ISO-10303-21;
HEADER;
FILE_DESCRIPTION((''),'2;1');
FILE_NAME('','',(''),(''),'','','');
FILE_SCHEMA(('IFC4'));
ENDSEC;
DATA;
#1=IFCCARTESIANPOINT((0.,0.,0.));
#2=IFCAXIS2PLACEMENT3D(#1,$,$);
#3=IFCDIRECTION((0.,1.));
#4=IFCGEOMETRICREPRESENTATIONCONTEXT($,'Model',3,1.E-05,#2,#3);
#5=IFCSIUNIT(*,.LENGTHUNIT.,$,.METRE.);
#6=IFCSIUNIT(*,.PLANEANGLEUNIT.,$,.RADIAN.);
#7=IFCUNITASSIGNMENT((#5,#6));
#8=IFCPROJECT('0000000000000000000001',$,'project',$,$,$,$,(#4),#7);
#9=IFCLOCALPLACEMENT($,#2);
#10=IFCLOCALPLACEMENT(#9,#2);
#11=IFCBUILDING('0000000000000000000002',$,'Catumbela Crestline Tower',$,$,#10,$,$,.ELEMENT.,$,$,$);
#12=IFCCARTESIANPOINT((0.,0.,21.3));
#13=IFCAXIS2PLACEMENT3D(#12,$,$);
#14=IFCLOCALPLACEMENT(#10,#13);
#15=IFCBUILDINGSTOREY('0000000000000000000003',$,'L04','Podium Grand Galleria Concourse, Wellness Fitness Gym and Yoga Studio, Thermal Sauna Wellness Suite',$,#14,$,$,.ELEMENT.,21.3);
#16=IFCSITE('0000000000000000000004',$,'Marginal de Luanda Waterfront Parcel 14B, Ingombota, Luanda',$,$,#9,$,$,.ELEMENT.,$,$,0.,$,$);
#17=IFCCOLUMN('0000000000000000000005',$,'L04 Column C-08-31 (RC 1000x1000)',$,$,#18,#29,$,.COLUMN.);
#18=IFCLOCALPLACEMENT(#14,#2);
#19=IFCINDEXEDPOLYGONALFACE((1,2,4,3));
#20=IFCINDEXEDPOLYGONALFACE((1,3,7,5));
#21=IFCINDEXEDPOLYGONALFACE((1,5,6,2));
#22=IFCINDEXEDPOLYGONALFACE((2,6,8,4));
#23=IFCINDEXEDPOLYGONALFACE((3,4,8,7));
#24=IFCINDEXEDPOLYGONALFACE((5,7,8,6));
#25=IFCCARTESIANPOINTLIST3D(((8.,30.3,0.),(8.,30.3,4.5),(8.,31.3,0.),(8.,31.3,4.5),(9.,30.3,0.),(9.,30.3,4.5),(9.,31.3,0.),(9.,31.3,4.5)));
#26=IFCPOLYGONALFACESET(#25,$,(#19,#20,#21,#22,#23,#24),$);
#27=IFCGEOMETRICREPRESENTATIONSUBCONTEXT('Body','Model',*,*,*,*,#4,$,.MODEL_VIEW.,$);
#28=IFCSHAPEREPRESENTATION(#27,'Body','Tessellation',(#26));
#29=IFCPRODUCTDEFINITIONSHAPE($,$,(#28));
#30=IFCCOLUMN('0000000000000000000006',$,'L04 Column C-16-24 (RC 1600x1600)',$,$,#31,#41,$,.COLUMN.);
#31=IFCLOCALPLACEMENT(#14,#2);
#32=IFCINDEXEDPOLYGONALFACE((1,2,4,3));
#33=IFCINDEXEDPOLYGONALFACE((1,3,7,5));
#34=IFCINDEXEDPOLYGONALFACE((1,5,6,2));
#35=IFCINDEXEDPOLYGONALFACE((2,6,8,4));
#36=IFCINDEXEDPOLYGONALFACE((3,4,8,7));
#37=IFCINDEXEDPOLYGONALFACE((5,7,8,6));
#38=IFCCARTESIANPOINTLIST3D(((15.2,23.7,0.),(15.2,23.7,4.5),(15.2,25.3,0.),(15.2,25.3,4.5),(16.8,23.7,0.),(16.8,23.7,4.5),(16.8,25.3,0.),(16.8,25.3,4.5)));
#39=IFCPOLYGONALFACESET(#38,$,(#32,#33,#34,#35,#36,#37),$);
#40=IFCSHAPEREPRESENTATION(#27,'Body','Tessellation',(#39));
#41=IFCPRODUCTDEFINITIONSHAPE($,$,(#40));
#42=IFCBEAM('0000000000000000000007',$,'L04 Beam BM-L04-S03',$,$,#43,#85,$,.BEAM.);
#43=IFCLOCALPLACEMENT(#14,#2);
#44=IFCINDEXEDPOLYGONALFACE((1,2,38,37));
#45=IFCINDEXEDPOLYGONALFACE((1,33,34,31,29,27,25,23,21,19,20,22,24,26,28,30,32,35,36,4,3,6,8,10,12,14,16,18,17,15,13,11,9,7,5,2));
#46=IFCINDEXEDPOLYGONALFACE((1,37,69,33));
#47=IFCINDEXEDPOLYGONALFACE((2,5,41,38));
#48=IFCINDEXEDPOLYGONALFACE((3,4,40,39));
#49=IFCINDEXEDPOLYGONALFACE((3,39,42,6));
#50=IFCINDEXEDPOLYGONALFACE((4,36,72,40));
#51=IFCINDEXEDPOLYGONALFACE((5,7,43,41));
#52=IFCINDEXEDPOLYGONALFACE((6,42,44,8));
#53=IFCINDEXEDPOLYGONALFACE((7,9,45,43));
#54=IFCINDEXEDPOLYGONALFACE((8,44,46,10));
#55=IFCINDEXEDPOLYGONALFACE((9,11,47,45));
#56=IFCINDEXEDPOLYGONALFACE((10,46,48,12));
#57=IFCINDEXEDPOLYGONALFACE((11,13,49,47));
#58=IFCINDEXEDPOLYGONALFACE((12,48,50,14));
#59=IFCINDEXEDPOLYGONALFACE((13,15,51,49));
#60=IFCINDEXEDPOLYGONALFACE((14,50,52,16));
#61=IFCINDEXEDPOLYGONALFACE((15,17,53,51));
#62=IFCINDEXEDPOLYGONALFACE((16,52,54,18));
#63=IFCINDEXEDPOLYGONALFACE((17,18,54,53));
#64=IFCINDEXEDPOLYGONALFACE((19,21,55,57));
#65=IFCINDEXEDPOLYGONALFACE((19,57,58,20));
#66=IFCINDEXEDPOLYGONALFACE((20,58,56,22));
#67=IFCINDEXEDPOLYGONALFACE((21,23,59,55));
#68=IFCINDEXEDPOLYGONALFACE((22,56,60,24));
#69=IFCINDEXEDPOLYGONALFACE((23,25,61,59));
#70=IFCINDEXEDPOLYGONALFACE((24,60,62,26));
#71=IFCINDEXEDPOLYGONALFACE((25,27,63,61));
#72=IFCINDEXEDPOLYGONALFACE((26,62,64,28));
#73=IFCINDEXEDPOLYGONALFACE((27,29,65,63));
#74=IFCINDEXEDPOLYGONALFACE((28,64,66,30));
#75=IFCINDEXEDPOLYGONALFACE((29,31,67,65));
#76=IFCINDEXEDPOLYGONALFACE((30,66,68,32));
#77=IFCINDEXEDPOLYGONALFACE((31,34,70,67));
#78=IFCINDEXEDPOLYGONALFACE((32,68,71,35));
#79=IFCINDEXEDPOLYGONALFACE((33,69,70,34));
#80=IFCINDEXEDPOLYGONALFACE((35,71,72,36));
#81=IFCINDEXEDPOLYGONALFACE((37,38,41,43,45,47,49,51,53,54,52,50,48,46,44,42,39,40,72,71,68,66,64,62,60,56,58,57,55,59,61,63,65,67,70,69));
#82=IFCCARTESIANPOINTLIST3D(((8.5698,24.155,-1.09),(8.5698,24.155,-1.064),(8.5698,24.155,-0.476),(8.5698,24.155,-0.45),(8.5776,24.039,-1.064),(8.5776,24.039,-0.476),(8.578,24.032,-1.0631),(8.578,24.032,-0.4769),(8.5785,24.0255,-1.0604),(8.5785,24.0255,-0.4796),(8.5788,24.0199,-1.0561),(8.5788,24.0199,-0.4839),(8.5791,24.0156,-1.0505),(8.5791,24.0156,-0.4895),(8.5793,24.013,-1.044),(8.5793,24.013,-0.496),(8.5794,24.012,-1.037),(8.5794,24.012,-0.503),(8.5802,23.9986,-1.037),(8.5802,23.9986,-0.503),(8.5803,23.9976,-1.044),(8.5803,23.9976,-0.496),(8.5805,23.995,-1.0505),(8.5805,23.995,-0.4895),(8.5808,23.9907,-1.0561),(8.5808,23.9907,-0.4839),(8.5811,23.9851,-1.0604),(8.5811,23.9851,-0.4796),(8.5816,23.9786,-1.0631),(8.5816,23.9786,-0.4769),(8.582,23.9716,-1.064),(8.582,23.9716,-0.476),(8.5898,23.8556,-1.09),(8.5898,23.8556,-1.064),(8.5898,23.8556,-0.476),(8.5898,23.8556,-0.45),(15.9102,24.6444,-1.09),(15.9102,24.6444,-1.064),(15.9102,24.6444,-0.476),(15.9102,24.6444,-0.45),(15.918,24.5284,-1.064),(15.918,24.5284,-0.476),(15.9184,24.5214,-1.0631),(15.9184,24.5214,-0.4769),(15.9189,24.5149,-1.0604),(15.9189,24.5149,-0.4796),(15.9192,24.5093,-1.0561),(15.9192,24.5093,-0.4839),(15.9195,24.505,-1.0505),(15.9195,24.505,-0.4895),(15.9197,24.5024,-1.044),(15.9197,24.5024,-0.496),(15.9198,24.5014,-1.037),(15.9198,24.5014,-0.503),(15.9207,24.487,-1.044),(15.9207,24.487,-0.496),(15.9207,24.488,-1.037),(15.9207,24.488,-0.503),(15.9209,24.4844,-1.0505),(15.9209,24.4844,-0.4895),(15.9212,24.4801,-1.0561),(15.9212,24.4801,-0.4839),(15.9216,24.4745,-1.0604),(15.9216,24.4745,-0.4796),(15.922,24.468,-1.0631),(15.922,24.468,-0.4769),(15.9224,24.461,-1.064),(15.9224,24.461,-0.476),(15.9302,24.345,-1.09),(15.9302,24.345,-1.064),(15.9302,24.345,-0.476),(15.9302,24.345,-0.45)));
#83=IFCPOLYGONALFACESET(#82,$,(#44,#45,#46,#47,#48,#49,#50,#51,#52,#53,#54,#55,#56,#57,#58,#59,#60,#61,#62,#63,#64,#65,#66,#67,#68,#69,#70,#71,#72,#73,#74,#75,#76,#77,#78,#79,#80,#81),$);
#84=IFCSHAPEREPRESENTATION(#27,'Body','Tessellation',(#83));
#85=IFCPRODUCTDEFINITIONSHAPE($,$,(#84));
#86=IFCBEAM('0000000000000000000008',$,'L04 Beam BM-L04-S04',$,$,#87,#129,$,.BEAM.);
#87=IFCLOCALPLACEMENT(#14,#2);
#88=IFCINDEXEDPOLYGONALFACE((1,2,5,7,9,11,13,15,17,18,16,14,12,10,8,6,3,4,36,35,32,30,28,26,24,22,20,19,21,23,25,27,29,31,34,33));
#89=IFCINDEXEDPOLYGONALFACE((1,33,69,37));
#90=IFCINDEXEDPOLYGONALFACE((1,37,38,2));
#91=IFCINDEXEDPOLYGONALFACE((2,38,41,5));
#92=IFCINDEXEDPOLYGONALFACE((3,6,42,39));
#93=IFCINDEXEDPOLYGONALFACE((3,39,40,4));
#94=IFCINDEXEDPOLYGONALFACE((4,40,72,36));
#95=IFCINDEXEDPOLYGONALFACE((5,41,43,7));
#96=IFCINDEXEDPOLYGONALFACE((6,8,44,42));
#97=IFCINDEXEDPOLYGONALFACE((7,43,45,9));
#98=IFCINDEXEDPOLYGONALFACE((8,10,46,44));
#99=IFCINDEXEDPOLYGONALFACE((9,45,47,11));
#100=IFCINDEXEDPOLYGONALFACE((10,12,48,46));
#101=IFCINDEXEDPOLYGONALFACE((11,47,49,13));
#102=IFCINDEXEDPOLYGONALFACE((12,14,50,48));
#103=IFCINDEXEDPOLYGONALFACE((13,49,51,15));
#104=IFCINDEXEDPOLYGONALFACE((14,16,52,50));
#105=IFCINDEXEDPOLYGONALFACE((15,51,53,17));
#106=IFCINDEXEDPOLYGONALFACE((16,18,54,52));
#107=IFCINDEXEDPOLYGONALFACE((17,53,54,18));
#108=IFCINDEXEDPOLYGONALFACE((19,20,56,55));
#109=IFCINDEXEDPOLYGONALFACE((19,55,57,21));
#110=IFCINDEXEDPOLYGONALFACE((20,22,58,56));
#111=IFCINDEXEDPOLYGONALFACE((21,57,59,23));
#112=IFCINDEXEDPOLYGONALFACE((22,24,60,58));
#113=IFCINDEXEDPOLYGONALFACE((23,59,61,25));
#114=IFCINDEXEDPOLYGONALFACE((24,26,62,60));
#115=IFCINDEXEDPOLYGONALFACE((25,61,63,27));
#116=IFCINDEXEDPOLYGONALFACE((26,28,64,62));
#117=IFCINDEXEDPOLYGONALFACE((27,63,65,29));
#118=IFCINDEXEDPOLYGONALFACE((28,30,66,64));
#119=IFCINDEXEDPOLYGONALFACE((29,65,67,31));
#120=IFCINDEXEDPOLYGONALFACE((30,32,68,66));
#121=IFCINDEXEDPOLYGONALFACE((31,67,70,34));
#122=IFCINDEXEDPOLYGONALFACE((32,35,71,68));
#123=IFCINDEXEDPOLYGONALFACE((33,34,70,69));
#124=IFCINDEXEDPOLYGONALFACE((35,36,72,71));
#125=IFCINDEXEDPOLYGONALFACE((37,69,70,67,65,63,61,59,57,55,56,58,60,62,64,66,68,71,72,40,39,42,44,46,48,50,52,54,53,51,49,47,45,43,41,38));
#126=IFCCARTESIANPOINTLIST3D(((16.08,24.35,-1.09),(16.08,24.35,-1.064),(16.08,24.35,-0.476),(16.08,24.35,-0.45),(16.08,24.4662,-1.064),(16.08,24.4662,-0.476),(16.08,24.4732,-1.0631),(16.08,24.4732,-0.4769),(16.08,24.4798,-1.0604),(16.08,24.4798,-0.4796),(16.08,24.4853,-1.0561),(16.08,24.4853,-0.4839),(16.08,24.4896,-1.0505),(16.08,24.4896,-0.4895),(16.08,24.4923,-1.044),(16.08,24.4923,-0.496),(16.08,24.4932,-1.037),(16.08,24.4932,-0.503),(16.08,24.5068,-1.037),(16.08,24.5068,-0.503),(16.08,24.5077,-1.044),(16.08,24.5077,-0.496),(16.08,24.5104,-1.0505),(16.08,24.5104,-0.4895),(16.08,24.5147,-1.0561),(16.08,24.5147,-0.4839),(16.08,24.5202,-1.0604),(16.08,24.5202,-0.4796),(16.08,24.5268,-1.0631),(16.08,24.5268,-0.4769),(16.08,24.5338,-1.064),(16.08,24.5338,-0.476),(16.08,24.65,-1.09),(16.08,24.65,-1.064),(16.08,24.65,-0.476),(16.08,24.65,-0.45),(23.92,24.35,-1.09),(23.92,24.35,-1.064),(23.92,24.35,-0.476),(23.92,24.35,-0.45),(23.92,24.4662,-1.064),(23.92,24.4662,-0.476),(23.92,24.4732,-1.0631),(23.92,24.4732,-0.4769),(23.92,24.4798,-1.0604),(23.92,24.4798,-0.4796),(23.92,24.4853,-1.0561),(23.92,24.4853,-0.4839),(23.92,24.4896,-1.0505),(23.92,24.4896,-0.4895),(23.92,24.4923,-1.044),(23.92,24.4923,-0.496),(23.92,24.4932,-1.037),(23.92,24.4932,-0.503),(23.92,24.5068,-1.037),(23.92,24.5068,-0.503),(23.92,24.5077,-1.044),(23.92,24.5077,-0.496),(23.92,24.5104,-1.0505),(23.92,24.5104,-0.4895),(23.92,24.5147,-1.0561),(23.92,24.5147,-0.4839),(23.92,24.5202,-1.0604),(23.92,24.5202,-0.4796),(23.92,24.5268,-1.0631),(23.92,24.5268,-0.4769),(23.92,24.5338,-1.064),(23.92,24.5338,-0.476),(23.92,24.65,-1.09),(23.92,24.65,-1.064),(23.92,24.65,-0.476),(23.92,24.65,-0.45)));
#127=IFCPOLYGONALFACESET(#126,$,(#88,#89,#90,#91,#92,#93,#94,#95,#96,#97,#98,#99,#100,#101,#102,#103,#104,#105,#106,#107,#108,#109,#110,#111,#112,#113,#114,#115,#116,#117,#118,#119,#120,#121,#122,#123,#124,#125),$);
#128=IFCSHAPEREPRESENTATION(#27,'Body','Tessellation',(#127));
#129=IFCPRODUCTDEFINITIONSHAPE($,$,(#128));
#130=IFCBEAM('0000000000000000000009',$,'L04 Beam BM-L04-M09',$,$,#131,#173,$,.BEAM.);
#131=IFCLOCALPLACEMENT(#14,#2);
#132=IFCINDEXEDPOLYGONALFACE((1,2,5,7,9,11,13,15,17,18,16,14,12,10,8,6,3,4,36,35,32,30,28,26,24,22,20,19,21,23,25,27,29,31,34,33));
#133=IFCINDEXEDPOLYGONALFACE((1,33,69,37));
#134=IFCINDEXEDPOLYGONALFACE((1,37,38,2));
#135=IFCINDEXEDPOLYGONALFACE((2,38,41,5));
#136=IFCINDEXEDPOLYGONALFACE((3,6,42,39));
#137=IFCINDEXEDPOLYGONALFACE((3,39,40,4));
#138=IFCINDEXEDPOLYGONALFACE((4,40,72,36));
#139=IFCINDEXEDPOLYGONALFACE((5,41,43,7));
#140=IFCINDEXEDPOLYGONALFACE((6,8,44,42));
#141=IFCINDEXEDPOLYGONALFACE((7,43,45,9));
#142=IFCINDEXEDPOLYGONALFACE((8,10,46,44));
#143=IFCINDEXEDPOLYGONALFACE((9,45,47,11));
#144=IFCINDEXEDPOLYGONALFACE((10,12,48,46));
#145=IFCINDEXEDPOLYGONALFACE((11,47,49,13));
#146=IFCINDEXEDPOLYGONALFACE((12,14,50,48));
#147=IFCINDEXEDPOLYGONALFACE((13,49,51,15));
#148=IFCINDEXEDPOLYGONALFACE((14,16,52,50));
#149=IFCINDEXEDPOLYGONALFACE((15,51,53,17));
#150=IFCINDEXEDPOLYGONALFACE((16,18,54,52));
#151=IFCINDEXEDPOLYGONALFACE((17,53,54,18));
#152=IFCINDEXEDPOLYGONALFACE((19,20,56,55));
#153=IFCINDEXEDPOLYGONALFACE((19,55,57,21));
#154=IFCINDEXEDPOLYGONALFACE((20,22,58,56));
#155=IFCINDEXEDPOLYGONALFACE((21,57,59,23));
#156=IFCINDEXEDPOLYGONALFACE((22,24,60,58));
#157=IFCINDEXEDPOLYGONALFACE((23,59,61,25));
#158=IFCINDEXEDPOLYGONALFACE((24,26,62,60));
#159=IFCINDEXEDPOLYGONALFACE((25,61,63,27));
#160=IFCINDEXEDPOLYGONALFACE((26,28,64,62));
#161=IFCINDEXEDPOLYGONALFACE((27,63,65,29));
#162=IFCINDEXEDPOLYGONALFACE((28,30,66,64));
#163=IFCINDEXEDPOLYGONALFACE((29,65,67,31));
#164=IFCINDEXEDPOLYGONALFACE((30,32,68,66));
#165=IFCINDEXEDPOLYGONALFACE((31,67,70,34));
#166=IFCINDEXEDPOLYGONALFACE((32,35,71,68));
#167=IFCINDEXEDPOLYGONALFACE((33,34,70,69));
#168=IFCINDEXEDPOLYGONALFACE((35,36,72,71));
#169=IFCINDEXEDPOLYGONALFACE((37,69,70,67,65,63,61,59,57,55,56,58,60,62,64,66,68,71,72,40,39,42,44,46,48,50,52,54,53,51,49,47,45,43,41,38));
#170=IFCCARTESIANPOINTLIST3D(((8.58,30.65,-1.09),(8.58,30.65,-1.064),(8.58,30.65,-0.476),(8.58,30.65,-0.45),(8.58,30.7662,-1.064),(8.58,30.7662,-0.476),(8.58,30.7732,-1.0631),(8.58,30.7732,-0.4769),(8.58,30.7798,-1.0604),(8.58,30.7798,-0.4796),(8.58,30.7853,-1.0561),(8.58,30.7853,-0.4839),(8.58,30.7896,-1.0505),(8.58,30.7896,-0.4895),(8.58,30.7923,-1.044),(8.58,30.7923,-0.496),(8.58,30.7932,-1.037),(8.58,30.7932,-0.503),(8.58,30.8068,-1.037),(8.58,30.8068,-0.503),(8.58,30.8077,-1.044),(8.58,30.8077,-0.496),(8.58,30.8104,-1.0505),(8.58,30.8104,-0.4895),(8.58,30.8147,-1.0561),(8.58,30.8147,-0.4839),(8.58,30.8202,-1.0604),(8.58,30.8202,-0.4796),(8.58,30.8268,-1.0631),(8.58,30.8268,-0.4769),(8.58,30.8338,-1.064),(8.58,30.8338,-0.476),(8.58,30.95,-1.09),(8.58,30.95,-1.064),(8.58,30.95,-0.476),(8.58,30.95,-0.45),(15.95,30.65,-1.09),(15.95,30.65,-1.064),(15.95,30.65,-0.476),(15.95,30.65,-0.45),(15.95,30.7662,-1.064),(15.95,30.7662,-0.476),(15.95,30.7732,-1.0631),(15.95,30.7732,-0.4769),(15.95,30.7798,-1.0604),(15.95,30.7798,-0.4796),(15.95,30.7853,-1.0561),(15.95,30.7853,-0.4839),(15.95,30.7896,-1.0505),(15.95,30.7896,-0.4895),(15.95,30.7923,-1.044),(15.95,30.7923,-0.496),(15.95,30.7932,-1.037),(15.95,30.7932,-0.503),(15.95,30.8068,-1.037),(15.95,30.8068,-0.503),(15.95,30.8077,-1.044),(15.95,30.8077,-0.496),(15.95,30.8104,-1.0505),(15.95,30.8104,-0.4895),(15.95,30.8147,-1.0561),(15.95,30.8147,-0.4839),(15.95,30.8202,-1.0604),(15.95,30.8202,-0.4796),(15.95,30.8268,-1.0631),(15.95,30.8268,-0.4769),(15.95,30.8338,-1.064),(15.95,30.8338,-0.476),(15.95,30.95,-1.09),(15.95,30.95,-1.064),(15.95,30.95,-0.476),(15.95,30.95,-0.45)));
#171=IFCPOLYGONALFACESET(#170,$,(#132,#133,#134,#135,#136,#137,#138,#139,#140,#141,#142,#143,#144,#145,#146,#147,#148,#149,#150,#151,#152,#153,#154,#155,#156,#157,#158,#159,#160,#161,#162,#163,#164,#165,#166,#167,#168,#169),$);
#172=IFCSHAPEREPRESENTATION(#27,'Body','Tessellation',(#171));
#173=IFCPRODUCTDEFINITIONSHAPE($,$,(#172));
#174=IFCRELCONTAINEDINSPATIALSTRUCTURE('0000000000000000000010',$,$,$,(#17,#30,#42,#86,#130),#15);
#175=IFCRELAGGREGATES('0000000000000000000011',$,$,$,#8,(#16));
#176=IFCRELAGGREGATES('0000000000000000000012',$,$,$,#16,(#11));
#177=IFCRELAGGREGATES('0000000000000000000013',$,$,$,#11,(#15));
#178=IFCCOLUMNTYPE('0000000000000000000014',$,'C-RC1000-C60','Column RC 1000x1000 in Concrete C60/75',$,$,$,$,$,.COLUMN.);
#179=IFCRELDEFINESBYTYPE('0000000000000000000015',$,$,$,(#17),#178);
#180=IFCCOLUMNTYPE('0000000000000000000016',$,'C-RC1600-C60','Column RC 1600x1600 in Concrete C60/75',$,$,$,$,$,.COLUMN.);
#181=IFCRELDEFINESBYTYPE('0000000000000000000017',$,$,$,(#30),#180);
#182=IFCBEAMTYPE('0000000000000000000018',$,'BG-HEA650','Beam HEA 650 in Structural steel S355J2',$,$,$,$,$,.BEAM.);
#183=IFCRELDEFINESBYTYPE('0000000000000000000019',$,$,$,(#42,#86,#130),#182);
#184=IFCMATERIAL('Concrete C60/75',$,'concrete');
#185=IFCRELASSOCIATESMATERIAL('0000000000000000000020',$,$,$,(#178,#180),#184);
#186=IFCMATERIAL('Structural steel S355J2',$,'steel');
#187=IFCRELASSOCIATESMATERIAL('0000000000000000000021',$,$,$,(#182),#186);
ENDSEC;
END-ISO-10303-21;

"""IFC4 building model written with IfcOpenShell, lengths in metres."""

from ifc_helpers import new_model, si_unit, direction, frame, origin, origin_2d, place, context, subcontext, project, spatial, rectangle, i_section, extrude, material, material_profile, profile_set, type_object, element, save


model = new_model("IFC4")

# Units and contexts
model_context = context("Model", 3, precision=1e-05, world=origin(), true_north=direction((0.0, 1.0)))
body_context = subcontext(model_context, "Body", "Model", "MODEL_VIEW")
ifc_project = project(units=[si_unit("LENGTHUNIT", "METRE"), si_unit("PLANEANGLEUNIT", "RADIAN")], contexts=[model_context])

# Site, building, storey
site_placement = place(None, origin())
site = spatial("IfcSite", under=ifc_project, at=site_placement, Name="Marginal de Luanda Waterfront Parcel 14B, Ingombota, Luanda", CompositionType="ELEMENT", RefElevation=0.0)
building_placement = place(site_placement, origin())
building = spatial("IfcBuilding", under=site, at=building_placement, Name="Catumbela Crestline Tower", CompositionType="ELEMENT")
storey_placement = place(building_placement, frame((0.0, 0.0, 21.3)))
storey = spatial("IfcBuildingStorey", under=building, at=storey_placement, Name="L04", Description="Podium Grand Galleria Concourse, Wellness Fitness Gym and Yoga Studio, Thermal Sauna Wellness Suite", CompositionType="ELEMENT", Elevation=21.3)

# Columns
ifc_material_1 = material(Name="Concrete C60/75", Category="concrete")
ifc_material_profile_1 = material_profile(ifc_material_1, rectangle(XDim=1.0, YDim=1.0, at=origin_2d()), Name="RC 1000x1000")
ifc_profile_set_1 = profile_set([ifc_material_profile_1], Name="Concrete C60/75")
column_type_1 = type_object("IfcColumnType", Name="C-RC1000-C60", Description="Column RC 1000x1000 in Concrete C60/75", PredefinedType="COLUMN", material=ifc_profile_set_1)
column_1_placement = place(storey_placement, frame((8.5, 30.8, 0.0), z_axis=(0.0, 0.0, 1.0), x_axis=(1.0, 0.0, 0.0)))
element("IfcColumn", 1, at=column_1_placement, inside=storey, type_object=column_type_1, Name="L04 Column C-08-31 (RC 1000x1000)", PredefinedType="COLUMN", context=body_context, shape_type="SweptSolid", body=[
    extrude(rectangle(XDim=1.0, YDim=1.0, at=origin_2d()), origin(), (0.0, 0.0, 1.0), 4.5),
])
ifc_material_profile_2 = material_profile(ifc_material_1, rectangle(XDim=1.6, YDim=1.6, at=origin_2d()), Name="RC 1600x1600")
ifc_profile_set_2 = profile_set([ifc_material_profile_2], Name="Concrete C60/75")
column_type_2 = type_object("IfcColumnType", Name="C-RC1600-C60", Description="Column RC 1600x1600 in Concrete C60/75", PredefinedType="COLUMN", material=ifc_profile_set_2)
column_2_placement = place(storey_placement, frame((16.0, 24.5, 0.0), z_axis=(0.0, 0.0, 1.0), x_axis=(1.0, 0.0, 0.0)))
element("IfcColumn", 2, at=column_2_placement, inside=storey, type_object=column_type_2, Name="L04 Column C-16-24 (RC 1600x1600)", PredefinedType="COLUMN", context=body_context, shape_type="SweptSolid", body=[
    extrude(rectangle(XDim=1.6, YDim=1.6, at=origin_2d()), origin(), (0.0, 0.0, 1.0), 4.5),
])

# Beams
ifc_material_2 = material(Name="Structural steel S355J2", Category="steel")
ifc_material_profile_3 = material_profile(ifc_material_2, i_section(OverallWidth=0.3, OverallDepth=0.64, WebThickness=0.0135, FlangeThickness=0.026, FilletRadius=0.027, at=origin_2d()), Name="HEA 650")
ifc_profile_set_3 = profile_set([ifc_material_profile_3], Name="Structural steel S355J2")
beam_type_1 = type_object("IfcBeamType", Name="BG-HEA650", Description="Beam HEA 650 in Structural steel S355J2", PredefinedType="BEAM", material=ifc_profile_set_3)
beam_1_placement = place(storey_placement, frame((8.5798, 24.0053, -0.77), z_axis=(0.997785, 0.066524, 0.0), x_axis=(-0.066524, 0.997785, 0.0)))
element("IfcBeam", 3, at=beam_1_placement, inside=storey, type_object=beam_type_1, Name="L04 Beam BM-L04-S03", PredefinedType="BEAM", context=body_context, shape_type="SweptSolid", body=[
    extrude(i_section(OverallWidth=0.3, OverallDepth=0.64, WebThickness=0.0135, FlangeThickness=0.026, FilletRadius=0.027, at=origin_2d()), origin(), (0.0, 0.0, 1.0), 7.3567),
])
beam_2_placement = place(storey_placement, frame((16.08, 24.5, -0.77), z_axis=(1.0, 0.0, 0.0), x_axis=(0.0, 1.0, 0.0)))
element("IfcBeam", 4, at=beam_2_placement, inside=storey, type_object=beam_type_1, Name="L04 Beam BM-L04-S04", PredefinedType="BEAM", context=body_context, shape_type="SweptSolid", body=[
    extrude(i_section(OverallWidth=0.3, OverallDepth=0.64, WebThickness=0.0135, FlangeThickness=0.026, FilletRadius=0.027, at=origin_2d()), origin(), (0.0, 0.0, 1.0), 7.84),
])
beam_3_placement = place(storey_placement, frame((8.58, 30.8, -0.77), z_axis=(1.0, 0.0, 0.0), x_axis=(0.0, 1.0, 0.0)))
element("IfcBeam", 5, at=beam_3_placement, inside=storey, type_object=beam_type_1, Name="L04 Beam BM-L04-M09", PredefinedType="BEAM", context=body_context, shape_type="SweptSolid", body=[
    extrude(i_section(OverallWidth=0.3, OverallDepth=0.64, WebThickness=0.0135, FlangeThickness=0.026, FilletRadius=0.027, at=origin_2d()), origin(), (0.0, 0.0, 1.0), 7.37),
])

save(model, "model.ifc")
